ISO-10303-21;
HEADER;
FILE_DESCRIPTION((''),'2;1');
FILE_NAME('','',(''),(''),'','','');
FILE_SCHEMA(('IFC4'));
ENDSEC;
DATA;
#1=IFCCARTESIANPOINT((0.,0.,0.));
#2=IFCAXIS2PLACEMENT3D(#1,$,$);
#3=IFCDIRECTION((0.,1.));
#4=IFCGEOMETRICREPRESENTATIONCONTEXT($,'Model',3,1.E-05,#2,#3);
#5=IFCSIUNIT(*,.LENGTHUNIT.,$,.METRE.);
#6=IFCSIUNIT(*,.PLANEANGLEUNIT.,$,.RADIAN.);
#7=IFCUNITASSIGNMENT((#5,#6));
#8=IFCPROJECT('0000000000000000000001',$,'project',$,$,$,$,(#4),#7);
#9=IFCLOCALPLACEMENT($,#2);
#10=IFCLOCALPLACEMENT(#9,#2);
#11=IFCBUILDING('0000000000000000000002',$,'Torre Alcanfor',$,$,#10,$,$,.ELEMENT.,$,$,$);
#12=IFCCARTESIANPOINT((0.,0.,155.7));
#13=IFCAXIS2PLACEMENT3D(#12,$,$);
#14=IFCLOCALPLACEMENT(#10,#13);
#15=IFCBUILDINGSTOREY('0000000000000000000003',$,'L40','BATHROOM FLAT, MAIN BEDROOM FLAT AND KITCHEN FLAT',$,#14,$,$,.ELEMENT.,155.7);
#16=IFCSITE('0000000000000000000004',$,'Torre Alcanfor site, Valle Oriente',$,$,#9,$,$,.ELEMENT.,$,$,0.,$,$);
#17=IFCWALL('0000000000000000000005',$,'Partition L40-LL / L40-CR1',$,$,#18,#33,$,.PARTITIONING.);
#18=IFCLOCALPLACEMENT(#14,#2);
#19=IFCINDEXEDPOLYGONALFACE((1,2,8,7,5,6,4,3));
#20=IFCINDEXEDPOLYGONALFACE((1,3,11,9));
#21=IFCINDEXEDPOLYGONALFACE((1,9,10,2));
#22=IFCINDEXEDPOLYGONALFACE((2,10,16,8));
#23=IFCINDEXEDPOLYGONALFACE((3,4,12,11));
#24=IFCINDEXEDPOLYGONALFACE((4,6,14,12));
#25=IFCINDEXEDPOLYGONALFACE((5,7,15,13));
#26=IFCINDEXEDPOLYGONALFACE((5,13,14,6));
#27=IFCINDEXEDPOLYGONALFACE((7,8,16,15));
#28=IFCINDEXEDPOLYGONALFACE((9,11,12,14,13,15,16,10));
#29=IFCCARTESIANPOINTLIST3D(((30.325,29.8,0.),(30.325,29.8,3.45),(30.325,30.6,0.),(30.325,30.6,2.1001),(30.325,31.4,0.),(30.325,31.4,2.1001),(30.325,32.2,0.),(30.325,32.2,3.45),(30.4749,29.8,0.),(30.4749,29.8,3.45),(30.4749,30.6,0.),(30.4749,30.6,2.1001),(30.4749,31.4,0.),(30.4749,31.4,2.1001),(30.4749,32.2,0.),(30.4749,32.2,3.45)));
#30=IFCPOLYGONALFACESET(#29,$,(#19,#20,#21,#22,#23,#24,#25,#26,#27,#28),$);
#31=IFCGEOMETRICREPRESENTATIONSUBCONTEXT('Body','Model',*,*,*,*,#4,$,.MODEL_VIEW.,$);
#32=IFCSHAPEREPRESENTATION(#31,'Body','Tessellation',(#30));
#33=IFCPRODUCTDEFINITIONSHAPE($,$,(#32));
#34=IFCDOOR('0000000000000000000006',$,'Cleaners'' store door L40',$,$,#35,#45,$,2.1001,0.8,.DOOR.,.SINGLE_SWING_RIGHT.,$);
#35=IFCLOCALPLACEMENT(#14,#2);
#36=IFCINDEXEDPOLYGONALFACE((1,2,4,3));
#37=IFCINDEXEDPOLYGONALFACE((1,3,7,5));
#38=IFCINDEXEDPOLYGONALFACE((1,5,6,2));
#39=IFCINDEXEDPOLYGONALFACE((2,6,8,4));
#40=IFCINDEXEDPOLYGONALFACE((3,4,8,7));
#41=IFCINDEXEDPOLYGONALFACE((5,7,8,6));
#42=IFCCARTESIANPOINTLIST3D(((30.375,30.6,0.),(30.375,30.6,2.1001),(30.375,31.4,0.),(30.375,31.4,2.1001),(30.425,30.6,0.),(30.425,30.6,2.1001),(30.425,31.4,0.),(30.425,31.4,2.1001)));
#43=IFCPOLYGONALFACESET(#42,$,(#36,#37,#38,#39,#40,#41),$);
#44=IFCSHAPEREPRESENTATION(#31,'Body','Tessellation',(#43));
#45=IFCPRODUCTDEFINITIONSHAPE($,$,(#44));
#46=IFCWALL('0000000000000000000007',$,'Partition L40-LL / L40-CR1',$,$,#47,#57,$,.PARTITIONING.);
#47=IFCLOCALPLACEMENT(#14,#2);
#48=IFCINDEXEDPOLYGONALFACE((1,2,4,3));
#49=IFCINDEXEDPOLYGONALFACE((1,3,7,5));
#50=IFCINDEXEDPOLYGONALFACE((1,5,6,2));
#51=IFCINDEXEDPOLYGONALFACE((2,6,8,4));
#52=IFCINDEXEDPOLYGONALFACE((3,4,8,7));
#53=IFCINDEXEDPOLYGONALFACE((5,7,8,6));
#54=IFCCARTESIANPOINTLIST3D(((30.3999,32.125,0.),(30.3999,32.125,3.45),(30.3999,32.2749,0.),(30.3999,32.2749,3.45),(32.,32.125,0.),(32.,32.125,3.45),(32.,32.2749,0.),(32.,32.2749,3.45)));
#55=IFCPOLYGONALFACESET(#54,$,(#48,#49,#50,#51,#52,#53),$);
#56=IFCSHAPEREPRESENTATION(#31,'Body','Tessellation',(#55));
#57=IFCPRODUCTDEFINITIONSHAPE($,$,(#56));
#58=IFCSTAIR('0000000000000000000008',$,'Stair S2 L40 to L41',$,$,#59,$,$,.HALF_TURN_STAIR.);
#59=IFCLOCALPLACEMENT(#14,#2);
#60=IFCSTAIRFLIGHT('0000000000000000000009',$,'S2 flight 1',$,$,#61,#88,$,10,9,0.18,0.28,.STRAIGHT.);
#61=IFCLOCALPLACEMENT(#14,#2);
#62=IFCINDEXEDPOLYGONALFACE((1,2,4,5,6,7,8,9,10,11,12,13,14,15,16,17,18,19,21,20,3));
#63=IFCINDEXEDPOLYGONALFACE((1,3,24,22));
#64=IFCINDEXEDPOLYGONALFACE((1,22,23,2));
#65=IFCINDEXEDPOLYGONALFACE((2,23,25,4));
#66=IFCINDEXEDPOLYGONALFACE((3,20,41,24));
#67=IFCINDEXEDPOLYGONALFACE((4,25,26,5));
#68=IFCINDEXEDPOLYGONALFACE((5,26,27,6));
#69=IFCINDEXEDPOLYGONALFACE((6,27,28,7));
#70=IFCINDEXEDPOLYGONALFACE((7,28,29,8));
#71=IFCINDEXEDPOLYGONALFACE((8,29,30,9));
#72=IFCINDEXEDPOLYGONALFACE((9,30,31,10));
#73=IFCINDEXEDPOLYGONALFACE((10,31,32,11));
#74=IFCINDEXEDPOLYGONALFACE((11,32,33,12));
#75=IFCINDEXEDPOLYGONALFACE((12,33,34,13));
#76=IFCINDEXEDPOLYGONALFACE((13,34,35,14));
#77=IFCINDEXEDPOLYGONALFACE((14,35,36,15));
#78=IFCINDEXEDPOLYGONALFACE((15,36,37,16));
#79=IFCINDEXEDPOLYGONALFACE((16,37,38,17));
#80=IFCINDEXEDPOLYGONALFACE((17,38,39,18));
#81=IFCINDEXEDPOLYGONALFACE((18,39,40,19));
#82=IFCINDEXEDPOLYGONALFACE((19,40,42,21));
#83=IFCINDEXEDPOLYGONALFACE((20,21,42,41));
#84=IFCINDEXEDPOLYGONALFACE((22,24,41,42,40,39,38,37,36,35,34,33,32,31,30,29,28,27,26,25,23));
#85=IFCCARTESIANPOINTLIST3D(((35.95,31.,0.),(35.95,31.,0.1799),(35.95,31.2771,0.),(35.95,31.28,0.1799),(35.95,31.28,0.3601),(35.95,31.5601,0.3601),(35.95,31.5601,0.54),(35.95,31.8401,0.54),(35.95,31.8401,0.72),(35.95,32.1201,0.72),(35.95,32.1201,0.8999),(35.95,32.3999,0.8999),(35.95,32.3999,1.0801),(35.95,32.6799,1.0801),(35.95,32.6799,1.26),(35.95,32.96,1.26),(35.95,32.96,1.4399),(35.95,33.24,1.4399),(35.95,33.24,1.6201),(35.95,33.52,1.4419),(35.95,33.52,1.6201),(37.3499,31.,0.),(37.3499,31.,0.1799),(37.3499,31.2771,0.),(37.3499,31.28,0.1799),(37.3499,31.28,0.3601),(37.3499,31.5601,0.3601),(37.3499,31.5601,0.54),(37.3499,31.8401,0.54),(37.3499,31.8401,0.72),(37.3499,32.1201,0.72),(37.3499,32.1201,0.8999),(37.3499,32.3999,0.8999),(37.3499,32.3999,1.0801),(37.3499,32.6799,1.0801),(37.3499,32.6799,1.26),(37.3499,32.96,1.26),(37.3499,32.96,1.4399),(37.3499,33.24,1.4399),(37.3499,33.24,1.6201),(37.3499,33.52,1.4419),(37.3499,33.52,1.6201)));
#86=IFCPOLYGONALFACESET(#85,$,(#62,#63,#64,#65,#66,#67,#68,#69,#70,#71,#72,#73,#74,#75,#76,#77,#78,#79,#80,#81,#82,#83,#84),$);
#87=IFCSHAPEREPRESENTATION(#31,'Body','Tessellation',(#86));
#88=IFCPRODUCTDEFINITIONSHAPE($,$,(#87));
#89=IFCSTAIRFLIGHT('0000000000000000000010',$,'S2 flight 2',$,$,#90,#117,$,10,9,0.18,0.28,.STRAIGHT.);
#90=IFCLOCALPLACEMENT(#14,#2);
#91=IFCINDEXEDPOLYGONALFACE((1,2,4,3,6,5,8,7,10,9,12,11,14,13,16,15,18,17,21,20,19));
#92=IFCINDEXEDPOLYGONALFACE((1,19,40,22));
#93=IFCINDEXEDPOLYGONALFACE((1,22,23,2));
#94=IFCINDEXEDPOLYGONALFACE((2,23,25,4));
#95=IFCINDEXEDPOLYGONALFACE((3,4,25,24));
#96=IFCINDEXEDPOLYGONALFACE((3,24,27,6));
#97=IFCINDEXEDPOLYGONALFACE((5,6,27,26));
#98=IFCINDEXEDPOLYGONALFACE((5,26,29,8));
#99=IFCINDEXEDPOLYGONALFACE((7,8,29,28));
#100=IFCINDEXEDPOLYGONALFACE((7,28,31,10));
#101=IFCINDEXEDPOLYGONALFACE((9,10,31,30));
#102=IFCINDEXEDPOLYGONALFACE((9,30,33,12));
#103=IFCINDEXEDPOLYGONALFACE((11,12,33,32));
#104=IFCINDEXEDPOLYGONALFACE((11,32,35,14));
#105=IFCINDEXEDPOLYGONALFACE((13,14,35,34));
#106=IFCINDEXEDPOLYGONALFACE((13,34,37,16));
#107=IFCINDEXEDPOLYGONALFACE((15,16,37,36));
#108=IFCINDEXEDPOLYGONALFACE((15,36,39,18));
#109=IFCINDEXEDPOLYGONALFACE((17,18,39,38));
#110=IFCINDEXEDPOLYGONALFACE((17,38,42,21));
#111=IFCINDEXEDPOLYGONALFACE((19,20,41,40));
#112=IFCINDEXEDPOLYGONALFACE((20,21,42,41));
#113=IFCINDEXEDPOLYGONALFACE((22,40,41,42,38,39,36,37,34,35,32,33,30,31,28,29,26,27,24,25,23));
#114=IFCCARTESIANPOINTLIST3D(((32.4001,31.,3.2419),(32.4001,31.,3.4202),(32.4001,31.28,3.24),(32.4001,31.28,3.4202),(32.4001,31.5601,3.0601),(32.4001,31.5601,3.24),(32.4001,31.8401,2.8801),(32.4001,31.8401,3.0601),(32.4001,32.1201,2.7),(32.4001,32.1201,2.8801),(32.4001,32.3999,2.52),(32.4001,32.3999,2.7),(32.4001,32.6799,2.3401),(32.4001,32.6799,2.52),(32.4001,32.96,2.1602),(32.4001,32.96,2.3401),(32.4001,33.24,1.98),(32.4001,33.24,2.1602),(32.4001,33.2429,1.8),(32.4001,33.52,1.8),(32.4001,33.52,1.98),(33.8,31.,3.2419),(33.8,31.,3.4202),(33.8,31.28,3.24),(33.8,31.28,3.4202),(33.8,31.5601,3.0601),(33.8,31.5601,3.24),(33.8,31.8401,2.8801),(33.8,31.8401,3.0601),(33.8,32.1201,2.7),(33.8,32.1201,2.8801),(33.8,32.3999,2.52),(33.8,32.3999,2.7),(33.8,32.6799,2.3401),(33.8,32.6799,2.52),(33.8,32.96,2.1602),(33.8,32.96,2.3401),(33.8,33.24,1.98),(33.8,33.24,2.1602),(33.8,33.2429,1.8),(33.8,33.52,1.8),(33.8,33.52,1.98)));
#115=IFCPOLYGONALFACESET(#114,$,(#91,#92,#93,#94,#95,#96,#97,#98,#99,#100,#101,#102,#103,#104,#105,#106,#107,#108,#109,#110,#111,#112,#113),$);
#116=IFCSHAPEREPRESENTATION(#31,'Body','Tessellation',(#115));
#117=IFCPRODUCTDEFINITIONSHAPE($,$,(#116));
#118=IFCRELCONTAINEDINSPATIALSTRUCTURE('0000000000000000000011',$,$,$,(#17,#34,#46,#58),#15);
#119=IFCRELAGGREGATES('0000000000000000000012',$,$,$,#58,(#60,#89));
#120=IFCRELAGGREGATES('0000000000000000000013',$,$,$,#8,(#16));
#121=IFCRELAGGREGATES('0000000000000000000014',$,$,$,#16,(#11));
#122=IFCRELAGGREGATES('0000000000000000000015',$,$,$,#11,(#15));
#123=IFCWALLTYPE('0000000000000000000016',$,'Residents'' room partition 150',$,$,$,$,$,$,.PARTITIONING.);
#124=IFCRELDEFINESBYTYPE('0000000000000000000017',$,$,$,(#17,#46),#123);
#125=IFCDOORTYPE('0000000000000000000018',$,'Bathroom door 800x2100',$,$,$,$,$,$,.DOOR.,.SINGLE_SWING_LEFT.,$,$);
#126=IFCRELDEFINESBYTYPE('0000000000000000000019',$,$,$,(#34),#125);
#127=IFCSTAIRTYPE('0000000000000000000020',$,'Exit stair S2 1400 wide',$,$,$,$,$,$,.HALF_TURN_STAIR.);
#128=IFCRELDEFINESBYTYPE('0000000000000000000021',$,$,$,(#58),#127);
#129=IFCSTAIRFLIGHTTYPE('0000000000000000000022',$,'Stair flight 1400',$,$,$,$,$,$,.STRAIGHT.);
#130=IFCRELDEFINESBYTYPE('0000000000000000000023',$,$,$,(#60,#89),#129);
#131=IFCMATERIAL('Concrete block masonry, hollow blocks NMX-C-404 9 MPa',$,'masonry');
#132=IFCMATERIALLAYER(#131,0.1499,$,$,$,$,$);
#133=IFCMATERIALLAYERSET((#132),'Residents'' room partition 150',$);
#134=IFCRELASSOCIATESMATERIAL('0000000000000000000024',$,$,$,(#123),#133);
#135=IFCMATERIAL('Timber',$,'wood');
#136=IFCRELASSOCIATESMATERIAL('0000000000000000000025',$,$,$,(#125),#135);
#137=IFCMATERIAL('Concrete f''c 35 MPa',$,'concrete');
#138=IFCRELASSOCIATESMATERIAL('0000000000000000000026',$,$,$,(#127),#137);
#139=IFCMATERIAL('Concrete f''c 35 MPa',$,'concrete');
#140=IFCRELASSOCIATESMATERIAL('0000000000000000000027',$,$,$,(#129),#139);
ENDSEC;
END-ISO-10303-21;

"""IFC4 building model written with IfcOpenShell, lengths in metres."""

from ifc_helpers import new_model, si_unit, direction, frame, frame_2d, origin, place, context, subcontext, project, spatial, polyline, rectangle, outline, extrude, material, layer, layer_set, type_object, element, fill, aggregate, save


model = new_model("IFC4")

# Units and contexts
model_context = context("Model", 3, precision=1e-05, world=origin(), true_north=direction((0.0, 1.0)))
body_context = subcontext(model_context, "Body", "Model", "MODEL_VIEW")
ifc_project = project(units=[si_unit("LENGTHUNIT", "METRE"), si_unit("PLANEANGLEUNIT", "RADIAN")], contexts=[model_context])

# Site, building, storey
site_placement = place(None, origin())
site = spatial("IfcSite", under=ifc_project, at=site_placement, Name="Torre Alcanfor site, Valle Oriente", CompositionType="ELEMENT", RefElevation=0.0)
building_placement = place(site_placement, origin())
building = spatial("IfcBuilding", under=site, at=building_placement, Name="Torre Alcanfor", CompositionType="ELEMENT")
storey_placement = place(building_placement, frame((0.0, 0.0, 155.7)))
storey = spatial("IfcBuildingStorey", under=building, at=storey_placement, Name="L40", Description="BATHROOM FLAT, MAIN BEDROOM FLAT AND KITCHEN FLAT", CompositionType="ELEMENT", Elevation=155.7)

# Shared definitions
ifc_material_1 = material(Name="Concrete block masonry, hollow blocks NMX-C-404 9 MPa", Category="masonry")
ifc_layer_1 = layer(ifc_material_1, 0.1499)
ifc_layer_set_1 = layer_set([ifc_layer_1], Name="Residents' room partition 150")
wall_type_1 = type_object("IfcWallType", Name="Residents' room partition 150", PredefinedType="PARTITIONING", material=ifc_layer_set_1)

# Wall, opening, door
wall_1_placement = place(storey_placement, frame((30.3999, 29.8, 0.0), z_axis=(0.0, 0.0, 1.0), x_axis=(0.0, 1.0, 0.0)))
wall_1 = element("IfcWall", 1, at=wall_1_placement, inside=storey, type_object=wall_type_1, Name="Partition L40-LL / L40-CR1", PredefinedType="PARTITIONING", context=body_context, shape_type="SweptSolid", body=[
    extrude(rectangle(XDim=2.3999, YDim=0.1499, at=frame_2d((1.2, 0.0))), origin(), (0.0, 0.0, 1.0), 3.45),
])
opening_1_placement = place(wall_1_placement, frame((0.8, 0.0, 0.0)))
opening_1 = element("IfcOpeningElement", 2, at=opening_1_placement, cuts=wall_1, PredefinedType="OPENING", context=body_context, shape_type="SweptSolid", body=[
    extrude(rectangle(XDim=0.8, YDim=2.1001, at=frame_2d((0.3999, 1.05))), frame((0.0, 0.085, 0.0), z_axis=(0.0, -1.0, 0.0), x_axis=(1.0, 0.0, 0.0)), (0.0, 0.0, 1.0), 0.1699),
])
ifc_material_2 = material(Name="Timber", Category="wood")
door_type_1 = type_object("IfcDoorType", Name="Bathroom door 800x2100", OperationType="SINGLE_SWING_LEFT", PredefinedType="DOOR", material=ifc_material_2)
door_1_placement = place(opening_1_placement, frame((0.8, 0.0, 0.0), z_axis=(0.0, 0.0, 1.0), x_axis=(-1.0, 0.0, 0.0)))
door_1 = element("IfcDoor", 3, at=door_1_placement, inside=storey, type_object=door_type_1, Name="Cleaners' store door L40", OperationType="SINGLE_SWING_RIGHT", OverallHeight=2.1001, OverallWidth=0.8, PredefinedType="DOOR", context=body_context, shape_type="SweptSolid", body=[
    extrude(rectangle(XDim=0.8, YDim=2.1001, at=frame_2d((0.4001, 1.05))), frame((0.0, 0.0251, 0.0), z_axis=(0.0, -1.0, 0.0), x_axis=(1.0, 0.0, 0.0)), (0.0, 0.0, 1.0), 0.05),
])
fill(opening_1, door_1)

# Wall
wall_2_placement = place(storey_placement, frame((30.3999, 32.2, 0.0), z_axis=(0.0, 0.0, 1.0), x_axis=(1.0, 0.0, 0.0)))
element("IfcWall", 4, at=wall_2_placement, inside=storey, type_object=wall_type_1, Name="Partition L40-LL / L40-CR1", PredefinedType="PARTITIONING", context=body_context, shape_type="SweptSolid", body=[
    extrude(rectangle(XDim=1.6001, YDim=0.1499, at=frame_2d((0.8, 0.0))), origin(), (0.0, 0.0, 1.0), 3.45),
])

# Stair, stair flights
ifc_material_3 = material(Name="Concrete f'c 35 MPa", Category="concrete")
stair_type = type_object("IfcStairType", Name="Exit stair S2 1400 wide", PredefinedType="HALF_TURN_STAIR", material=ifc_material_3)
stair_placement = place(storey_placement, origin())
stair = element("IfcStair", 5, at=stair_placement, inside=storey, type_object=stair_type, Name="Stair S2 L40 to L41", PredefinedType="HALF_TURN_STAIR")
ifc_material_4 = material(Name="Concrete f'c 35 MPa", Category="concrete")
stair_flight_type = type_object("IfcStairFlightType", Name="Stair flight 1400", PredefinedType="STRAIGHT", material=ifc_material_4)
stair_flight_1_placement = place(storey_placement, frame((36.6499, 31.0, 0.0), z_axis=(0.0, 0.0, 1.0), x_axis=(0.0, 1.0, 0.0)))
stair_flight_1 = element("IfcStairFlight", 6, at=stair_flight_1_placement, type_object=stair_flight_type, Name="S2 flight 1", NumberOfRisers=10, NumberOfTreads=9, PredefinedType="STRAIGHT", RiserHeight=0.18, TreadLength=0.28, context=body_context, shape_type="SweptSolid", body=[
    extrude(outline(polyline([(0.0, 0.0), (0.0, 0.1799), (0.28, 0.1799), (0.28, 0.3601), (0.5601, 0.3601), (0.5601, 0.54), (0.8401, 0.54), (0.8401, 0.72), (1.1201, 0.72), (1.1201, 0.8999), (1.3999, 0.8999), (1.3999, 1.0801), (1.6799, 1.0801), (1.6799, 1.26), (1.96, 1.26), (1.96, 1.4399), (2.24, 1.4399), (2.24, 1.6201), (2.52, 1.6201), (2.52, 1.8), (2.52, 1.4419), (0.2771, 0.0), (0.0, 0.0)])), frame((0.0, 0.7, 0.0), z_axis=(0.0, -1.0, 0.0), x_axis=(1.0, 0.0, 0.0)), (0.0, 0.0, 1.0), 1.3999),
])
stair_flight_2_placement = place(storey_placement, frame((33.1001, 33.52, 1.8), z_axis=(0.0, 0.0, 1.0), x_axis=(0.0, -1.0, 0.0)))
stair_flight_2 = element("IfcStairFlight", 7, at=stair_flight_2_placement, type_object=stair_flight_type, Name="S2 flight 2", NumberOfRisers=10, NumberOfTreads=9, PredefinedType="STRAIGHT", RiserHeight=0.18, TreadLength=0.28, context=body_context, shape_type="SweptSolid", body=[
    extrude(outline(polyline([(0.0, 0.0), (0.0, 0.1799), (0.28, 0.1799), (0.28, 0.3601), (0.5601, 0.3601), (0.5601, 0.54), (0.8401, 0.54), (0.8401, 0.72), (1.1201, 0.72), (1.1201, 0.8999), (1.3999, 0.8999), (1.3999, 1.0801), (1.6799, 1.0801), (1.6799, 1.26), (1.96, 1.26), (1.96, 1.4399), (2.24, 1.4399), (2.24, 1.6201), (2.52, 1.6201), (2.52, 1.8), (2.52, 1.4419), (0.2771, 0.0), (0.0, 0.0)])), frame((0.0, 0.7, 0.0), z_axis=(0.0, -1.0, 0.0), x_axis=(1.0, 0.0, 0.0)), (0.0, 0.0, 1.0), 1.3999),
])
aggregate(stair, [stair_flight_1, stair_flight_2])

save(model, "model.ifc")
